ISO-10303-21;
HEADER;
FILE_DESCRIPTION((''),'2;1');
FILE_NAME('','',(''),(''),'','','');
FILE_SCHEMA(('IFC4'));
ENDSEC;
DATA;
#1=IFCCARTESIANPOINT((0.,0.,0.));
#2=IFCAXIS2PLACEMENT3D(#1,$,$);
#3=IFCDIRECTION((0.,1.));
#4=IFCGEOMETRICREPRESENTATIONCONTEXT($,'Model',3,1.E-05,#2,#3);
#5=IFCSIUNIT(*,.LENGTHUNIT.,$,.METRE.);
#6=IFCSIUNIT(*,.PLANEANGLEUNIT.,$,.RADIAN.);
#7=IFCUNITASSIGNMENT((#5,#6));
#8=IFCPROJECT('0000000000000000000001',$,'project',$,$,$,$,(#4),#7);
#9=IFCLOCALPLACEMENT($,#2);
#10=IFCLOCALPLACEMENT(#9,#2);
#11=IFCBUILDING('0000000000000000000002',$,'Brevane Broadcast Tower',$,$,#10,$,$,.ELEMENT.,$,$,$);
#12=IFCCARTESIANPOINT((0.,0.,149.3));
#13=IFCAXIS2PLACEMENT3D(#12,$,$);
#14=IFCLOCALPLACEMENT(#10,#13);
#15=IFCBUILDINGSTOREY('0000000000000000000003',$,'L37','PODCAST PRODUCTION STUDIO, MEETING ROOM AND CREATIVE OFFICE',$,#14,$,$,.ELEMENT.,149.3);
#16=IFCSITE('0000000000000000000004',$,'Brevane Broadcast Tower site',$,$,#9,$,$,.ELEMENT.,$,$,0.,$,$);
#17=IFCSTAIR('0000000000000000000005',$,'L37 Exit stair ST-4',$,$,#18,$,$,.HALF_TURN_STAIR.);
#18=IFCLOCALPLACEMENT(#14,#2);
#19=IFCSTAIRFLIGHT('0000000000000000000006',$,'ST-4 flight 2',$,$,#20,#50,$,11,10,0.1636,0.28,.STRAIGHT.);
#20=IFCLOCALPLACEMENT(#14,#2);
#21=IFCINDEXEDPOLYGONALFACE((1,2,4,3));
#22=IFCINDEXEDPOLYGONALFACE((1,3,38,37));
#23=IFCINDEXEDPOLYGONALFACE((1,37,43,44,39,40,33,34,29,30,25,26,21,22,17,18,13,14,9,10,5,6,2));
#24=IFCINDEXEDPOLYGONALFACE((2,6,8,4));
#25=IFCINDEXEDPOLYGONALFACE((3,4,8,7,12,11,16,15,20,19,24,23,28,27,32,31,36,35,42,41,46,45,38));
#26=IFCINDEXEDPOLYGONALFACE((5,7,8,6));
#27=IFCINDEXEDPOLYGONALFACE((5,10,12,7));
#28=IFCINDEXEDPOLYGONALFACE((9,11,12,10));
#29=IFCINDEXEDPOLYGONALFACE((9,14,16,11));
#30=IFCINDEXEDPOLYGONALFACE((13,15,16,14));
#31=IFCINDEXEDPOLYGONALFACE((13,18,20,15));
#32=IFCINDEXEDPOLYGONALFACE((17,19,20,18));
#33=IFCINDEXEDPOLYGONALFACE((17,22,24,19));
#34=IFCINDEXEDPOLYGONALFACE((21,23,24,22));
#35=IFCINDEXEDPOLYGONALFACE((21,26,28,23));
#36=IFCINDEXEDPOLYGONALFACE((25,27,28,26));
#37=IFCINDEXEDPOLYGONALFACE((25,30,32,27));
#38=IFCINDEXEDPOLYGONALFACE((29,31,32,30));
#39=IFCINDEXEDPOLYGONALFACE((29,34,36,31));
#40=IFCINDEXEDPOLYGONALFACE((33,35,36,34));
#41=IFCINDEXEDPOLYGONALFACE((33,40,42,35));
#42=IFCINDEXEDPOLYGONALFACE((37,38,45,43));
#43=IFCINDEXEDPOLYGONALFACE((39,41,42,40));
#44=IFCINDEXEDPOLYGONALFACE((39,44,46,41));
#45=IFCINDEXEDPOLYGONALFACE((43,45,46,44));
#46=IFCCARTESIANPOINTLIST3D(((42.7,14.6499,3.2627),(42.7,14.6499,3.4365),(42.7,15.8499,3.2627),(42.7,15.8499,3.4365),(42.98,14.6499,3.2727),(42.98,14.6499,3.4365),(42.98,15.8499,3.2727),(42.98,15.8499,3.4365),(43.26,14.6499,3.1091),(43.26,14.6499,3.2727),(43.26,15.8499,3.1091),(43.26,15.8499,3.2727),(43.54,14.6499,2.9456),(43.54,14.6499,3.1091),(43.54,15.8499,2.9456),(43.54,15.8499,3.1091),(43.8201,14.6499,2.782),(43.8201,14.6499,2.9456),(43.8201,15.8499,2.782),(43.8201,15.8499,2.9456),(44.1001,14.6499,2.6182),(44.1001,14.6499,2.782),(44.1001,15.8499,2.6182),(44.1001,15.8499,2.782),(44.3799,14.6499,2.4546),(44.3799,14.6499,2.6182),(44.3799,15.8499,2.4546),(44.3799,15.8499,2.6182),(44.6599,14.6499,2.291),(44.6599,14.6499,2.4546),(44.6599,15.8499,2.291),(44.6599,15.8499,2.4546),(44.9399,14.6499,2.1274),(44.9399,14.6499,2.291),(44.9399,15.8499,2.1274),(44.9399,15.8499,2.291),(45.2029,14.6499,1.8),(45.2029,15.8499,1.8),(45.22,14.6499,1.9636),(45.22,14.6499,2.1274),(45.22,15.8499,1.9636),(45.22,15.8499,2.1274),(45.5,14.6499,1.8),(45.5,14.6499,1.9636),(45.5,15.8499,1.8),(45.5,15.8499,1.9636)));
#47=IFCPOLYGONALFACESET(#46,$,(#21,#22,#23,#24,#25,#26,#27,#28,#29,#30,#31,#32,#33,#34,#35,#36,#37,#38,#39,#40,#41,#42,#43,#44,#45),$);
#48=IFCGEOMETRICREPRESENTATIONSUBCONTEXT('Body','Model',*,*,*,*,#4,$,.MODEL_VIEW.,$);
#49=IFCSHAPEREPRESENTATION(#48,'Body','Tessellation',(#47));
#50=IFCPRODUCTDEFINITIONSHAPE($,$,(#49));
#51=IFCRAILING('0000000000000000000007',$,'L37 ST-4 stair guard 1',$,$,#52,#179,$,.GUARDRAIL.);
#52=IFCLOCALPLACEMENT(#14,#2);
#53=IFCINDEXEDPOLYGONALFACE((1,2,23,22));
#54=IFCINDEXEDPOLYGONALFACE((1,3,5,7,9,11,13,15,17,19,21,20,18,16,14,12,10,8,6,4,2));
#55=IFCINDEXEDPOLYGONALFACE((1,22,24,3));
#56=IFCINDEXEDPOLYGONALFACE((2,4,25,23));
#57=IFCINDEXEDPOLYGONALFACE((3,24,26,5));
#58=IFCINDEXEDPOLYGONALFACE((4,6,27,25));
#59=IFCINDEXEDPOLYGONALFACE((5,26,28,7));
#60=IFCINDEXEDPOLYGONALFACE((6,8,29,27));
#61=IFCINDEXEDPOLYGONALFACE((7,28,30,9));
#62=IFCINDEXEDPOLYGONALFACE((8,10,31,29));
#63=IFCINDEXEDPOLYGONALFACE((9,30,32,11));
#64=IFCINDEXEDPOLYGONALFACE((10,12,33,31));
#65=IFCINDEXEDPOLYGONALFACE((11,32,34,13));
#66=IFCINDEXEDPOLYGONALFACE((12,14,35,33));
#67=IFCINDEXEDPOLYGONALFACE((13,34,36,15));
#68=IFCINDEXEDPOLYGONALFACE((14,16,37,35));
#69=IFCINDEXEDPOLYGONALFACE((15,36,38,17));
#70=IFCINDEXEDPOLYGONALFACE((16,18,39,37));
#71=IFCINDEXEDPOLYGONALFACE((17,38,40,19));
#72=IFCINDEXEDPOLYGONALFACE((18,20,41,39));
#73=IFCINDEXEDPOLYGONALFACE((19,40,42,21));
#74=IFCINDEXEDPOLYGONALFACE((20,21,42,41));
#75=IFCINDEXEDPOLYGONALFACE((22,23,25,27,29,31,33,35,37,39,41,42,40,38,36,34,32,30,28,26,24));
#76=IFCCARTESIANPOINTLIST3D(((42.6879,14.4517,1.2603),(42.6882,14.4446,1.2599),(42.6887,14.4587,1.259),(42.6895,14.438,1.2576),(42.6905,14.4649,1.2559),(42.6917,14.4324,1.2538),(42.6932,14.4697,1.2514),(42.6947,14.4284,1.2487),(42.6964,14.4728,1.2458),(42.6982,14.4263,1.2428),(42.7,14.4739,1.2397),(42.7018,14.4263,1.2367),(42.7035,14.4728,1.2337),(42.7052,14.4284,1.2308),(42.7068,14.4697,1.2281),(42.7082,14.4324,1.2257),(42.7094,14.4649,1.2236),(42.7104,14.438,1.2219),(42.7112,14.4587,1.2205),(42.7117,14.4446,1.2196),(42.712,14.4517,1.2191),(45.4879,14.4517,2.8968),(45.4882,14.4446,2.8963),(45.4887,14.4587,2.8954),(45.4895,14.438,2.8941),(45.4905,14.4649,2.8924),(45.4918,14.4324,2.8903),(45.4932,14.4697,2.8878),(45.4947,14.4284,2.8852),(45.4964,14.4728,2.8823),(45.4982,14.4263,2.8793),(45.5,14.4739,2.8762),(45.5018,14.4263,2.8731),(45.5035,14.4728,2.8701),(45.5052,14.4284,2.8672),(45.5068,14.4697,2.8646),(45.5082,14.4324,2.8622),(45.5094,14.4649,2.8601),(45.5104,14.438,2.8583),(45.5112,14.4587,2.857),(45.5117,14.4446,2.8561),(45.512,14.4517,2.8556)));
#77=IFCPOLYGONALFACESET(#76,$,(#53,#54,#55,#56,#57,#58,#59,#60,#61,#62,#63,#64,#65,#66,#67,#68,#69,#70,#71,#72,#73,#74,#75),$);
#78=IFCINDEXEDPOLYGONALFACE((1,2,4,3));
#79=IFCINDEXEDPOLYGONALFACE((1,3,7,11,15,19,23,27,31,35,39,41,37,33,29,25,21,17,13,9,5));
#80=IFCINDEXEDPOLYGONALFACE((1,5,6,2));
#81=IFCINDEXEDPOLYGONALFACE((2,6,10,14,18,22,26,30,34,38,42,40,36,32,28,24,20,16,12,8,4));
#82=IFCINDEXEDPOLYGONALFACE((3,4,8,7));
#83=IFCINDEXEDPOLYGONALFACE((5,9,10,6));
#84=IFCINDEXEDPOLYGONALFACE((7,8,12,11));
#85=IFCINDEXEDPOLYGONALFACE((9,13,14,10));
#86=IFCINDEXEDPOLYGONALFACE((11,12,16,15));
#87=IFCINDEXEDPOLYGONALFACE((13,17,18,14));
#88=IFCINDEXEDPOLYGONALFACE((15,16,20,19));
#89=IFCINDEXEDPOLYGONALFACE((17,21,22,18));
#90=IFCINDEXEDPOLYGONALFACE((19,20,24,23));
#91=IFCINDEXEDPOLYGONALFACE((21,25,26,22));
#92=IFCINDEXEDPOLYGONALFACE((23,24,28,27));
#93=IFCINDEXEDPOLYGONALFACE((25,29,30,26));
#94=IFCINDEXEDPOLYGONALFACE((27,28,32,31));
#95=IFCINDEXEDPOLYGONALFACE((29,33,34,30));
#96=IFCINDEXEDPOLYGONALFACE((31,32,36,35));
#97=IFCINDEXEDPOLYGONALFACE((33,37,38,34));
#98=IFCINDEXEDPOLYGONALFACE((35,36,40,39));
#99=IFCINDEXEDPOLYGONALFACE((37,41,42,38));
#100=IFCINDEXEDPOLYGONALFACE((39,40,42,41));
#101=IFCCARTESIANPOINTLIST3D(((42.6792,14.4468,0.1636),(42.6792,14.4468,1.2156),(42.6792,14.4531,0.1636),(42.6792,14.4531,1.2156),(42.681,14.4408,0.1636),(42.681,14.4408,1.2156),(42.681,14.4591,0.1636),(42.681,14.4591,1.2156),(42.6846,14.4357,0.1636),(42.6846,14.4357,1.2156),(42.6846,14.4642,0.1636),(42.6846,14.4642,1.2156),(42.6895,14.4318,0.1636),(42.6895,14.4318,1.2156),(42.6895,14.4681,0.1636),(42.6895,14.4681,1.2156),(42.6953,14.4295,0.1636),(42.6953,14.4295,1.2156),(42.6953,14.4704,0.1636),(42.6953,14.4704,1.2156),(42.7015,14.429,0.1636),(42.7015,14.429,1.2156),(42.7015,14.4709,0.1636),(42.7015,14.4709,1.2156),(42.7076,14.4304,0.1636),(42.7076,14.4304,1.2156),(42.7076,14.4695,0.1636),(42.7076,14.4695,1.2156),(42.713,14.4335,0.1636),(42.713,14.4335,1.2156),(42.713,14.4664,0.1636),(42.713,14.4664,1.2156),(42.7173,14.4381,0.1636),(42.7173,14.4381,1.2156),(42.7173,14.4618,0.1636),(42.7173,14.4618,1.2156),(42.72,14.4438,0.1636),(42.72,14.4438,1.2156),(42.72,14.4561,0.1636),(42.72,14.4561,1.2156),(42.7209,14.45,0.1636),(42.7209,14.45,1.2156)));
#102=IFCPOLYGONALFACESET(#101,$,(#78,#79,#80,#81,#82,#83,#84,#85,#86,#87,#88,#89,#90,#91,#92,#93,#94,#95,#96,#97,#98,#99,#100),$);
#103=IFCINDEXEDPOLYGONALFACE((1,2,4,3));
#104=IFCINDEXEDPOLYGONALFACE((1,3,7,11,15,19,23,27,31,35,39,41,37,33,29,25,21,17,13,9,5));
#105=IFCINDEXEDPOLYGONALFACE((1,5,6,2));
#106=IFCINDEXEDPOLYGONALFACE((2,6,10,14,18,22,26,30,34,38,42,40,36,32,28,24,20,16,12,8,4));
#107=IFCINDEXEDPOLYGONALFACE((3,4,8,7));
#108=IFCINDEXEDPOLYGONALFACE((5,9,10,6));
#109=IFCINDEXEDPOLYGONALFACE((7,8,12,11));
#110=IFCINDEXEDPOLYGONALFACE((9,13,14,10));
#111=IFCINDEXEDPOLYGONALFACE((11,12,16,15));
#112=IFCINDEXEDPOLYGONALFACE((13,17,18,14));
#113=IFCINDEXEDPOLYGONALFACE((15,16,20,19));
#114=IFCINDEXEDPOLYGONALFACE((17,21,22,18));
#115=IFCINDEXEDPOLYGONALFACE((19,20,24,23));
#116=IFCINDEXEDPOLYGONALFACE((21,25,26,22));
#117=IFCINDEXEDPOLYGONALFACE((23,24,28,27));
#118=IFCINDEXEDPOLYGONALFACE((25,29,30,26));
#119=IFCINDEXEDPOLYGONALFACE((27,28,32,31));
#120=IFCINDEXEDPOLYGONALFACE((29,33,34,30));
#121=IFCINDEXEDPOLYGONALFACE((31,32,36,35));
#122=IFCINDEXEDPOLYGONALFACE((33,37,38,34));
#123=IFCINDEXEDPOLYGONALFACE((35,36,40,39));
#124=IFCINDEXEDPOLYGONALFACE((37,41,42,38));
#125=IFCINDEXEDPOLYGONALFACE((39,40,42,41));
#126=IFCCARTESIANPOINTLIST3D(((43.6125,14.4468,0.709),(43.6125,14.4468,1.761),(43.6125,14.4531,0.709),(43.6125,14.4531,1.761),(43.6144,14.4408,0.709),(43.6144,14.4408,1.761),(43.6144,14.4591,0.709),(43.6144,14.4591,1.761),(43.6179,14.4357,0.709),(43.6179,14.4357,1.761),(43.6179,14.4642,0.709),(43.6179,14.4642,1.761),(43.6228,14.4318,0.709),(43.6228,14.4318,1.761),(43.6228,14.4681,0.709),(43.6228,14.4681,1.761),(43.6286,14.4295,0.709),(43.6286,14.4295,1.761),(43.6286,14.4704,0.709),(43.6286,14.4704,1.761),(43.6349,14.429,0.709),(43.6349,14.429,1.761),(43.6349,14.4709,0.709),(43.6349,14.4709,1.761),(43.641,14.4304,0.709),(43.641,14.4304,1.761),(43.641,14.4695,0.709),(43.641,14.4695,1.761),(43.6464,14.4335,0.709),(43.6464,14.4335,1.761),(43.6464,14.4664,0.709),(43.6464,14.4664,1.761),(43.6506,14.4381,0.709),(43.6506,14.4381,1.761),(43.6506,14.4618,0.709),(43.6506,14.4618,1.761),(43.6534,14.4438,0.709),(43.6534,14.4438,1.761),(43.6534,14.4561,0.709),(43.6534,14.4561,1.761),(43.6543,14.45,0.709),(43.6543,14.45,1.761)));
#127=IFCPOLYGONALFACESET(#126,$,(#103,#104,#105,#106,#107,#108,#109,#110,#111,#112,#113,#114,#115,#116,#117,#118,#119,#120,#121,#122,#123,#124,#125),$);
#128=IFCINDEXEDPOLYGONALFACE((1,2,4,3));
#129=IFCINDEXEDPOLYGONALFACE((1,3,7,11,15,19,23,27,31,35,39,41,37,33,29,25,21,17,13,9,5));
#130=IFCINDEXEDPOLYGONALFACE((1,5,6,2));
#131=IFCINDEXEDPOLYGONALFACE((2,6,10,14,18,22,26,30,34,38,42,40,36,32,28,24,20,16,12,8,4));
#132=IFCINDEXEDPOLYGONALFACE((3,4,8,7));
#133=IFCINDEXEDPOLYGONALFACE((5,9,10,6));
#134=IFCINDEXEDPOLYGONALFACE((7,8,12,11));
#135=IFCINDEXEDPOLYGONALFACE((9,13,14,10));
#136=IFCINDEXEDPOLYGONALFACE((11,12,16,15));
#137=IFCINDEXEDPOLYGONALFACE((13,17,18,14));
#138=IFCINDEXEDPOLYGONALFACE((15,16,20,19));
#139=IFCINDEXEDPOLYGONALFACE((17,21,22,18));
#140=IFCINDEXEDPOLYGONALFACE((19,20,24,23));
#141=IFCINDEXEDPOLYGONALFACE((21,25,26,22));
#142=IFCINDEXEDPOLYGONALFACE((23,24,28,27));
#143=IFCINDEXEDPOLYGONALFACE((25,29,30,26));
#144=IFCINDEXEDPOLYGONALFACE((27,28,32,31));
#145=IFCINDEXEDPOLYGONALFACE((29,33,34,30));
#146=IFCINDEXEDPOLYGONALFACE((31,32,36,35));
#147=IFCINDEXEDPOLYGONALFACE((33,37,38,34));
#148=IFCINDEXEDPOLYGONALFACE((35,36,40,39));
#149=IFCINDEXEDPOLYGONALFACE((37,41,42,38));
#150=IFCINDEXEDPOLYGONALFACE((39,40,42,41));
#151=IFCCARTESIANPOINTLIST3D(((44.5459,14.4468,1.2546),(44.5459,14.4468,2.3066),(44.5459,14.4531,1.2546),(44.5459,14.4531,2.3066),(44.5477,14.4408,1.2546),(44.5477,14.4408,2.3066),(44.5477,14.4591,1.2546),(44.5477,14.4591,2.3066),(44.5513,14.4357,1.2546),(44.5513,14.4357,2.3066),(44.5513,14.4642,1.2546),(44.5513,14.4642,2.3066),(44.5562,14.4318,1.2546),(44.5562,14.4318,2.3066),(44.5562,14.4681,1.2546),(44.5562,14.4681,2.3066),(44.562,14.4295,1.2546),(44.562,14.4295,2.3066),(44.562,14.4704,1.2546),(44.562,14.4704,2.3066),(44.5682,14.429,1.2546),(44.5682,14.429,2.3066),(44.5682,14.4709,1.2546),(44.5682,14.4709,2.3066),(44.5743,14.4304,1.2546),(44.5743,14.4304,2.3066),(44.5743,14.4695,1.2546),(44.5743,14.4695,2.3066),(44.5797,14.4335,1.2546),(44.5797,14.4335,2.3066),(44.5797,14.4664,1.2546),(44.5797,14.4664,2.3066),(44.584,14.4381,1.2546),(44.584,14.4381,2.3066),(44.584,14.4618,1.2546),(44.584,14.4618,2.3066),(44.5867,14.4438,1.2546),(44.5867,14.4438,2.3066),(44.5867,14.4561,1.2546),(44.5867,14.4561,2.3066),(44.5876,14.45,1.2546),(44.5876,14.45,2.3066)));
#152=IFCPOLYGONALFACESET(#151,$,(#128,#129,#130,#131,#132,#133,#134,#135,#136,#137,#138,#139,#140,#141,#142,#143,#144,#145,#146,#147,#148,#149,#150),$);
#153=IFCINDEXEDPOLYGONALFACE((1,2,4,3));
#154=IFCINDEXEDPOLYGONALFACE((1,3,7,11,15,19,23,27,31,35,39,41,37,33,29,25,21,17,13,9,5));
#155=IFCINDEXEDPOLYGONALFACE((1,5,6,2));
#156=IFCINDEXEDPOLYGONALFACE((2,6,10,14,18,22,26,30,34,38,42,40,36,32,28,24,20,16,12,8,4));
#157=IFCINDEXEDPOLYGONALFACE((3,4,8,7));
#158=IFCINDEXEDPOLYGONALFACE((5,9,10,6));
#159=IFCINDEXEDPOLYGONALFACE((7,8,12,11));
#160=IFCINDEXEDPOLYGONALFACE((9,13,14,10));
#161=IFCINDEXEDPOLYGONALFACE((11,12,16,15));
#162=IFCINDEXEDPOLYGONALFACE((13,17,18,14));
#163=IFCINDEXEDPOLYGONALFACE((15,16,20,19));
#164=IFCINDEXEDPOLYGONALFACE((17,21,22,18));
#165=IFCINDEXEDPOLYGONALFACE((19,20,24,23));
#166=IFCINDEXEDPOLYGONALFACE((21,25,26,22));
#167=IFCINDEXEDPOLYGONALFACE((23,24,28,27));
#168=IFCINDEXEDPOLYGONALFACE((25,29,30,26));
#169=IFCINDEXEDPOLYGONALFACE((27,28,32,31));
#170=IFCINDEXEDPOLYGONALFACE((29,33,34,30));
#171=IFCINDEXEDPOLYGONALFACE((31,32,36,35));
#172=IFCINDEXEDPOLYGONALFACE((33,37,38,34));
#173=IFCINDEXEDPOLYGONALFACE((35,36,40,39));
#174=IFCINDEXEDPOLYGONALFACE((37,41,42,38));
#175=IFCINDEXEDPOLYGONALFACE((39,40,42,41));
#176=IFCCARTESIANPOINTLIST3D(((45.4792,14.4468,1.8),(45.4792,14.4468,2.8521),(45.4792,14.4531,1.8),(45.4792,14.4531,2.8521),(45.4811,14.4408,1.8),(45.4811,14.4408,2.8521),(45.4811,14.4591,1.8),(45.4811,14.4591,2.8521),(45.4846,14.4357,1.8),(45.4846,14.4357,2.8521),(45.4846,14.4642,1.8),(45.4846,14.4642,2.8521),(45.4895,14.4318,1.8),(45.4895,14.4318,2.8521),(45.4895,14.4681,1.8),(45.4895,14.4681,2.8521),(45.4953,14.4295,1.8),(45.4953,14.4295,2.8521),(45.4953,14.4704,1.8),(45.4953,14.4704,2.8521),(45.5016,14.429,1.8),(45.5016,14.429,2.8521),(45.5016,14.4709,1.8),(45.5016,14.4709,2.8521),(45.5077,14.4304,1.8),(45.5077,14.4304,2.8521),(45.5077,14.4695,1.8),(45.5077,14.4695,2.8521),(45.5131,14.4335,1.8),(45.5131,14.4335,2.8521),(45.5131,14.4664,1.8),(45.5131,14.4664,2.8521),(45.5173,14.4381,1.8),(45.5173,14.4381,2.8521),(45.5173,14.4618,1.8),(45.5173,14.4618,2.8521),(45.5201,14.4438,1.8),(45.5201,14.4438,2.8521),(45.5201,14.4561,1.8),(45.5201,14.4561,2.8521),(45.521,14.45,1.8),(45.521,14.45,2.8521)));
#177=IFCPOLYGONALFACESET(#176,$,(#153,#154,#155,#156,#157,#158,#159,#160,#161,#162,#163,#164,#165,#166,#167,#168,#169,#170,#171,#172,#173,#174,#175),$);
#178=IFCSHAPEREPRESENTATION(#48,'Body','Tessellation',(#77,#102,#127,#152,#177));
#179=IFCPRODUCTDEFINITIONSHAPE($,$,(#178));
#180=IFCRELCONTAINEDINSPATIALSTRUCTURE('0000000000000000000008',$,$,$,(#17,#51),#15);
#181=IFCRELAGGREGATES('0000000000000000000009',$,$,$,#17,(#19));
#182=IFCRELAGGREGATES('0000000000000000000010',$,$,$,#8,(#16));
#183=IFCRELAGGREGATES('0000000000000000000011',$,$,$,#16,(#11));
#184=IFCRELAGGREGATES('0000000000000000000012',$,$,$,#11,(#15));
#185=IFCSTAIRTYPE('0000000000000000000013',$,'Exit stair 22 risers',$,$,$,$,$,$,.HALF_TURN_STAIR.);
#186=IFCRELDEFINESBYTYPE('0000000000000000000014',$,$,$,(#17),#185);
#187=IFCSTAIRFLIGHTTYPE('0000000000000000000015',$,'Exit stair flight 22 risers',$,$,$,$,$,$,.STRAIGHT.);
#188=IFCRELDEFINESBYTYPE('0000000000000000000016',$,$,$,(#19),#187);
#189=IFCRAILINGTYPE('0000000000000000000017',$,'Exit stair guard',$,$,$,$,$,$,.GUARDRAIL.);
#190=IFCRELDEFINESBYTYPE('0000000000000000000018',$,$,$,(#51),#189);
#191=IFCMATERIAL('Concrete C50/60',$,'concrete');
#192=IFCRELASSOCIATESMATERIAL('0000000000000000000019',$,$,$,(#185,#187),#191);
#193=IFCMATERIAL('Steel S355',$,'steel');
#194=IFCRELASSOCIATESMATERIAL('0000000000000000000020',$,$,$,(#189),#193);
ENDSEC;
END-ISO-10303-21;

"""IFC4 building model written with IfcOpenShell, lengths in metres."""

from ifc_helpers import new_model, si_unit, direction, frame, origin, origin_2d, place, context, subcontext, project, spatial, polyline, circle, outline, extrude, material, type_object, element, aggregate, save


model = new_model("IFC4")

# Units and contexts
model_context = context("Model", 3, precision=1e-05, world=origin(), true_north=direction((0.0, 1.0)))
body_context = subcontext(model_context, "Body", "Model", "MODEL_VIEW")
ifc_project = project(units=[si_unit("LENGTHUNIT", "METRE"), si_unit("PLANEANGLEUNIT", "RADIAN")], contexts=[model_context])

# Site, building, storey
site_placement = place(None, origin())
site = spatial("IfcSite", under=ifc_project, at=site_placement, Name="Brevane Broadcast Tower site", CompositionType="ELEMENT", RefElevation=0.0)
building_placement = place(site_placement, origin())
building = spatial("IfcBuilding", under=site, at=building_placement, Name="Brevane Broadcast Tower", CompositionType="ELEMENT")
storey_placement = place(building_placement, frame((0.0, 0.0, 149.3)))
storey = spatial("IfcBuildingStorey", under=building, at=storey_placement, Name="L37", Description="PODCAST PRODUCTION STUDIO, MEETING ROOM AND CREATIVE OFFICE", CompositionType="ELEMENT", Elevation=149.3)

# Stair, stair flight
ifc_material_1 = material(Name="Concrete C50/60", Category="concrete")
stair_type = type_object("IfcStairType", Name="Exit stair 22 risers", PredefinedType="HALF_TURN_STAIR", material=ifc_material_1)
stair_placement = place(storey_placement, origin())
stair = element("IfcStair", 1, at=stair_placement, inside=storey, type_object=stair_type, Name="L37 Exit stair ST-4", PredefinedType="HALF_TURN_STAIR")
stair_flight_type = type_object("IfcStairFlightType", Name="Exit stair flight 22 risers", PredefinedType="STRAIGHT", material=ifc_material_1)
stair_flight_1_placement = place(storey_placement, frame((45.5, 15.25, 1.8), z_axis=(0.0, 0.0, 1.0), x_axis=(-1.0, 0.0, 0.0)))
stair_flight_1 = element("IfcStairFlight", 2, at=stair_flight_1_placement, type_object=stair_flight_type, Name="ST-4 flight 2", NumberOfRisers=11, NumberOfTreads=10, PredefinedType="STRAIGHT", RiserHeight=0.1636, TreadLength=0.28, context=body_context, shape_type="SweptSolid", body=[
    extrude(outline(polyline([(0.0, 0.0), (0.0, 0.1636), (0.28, 0.1636), (0.28, 0.3274), (0.5601, 0.3274), (0.5601, 0.491), (0.8401, 0.491), (0.8401, 0.6545), (1.1201, 0.6545), (1.1201, 0.8181), (1.3999, 0.8181), (1.3999, 0.9819), (1.6799, 0.9819), (1.6799, 1.1455), (1.96, 1.1455), (1.96, 1.3091), (2.24, 1.3091), (2.24, 1.4727), (2.52, 1.4727), (2.52, 1.6365), (2.8, 1.6365), (2.8, 1.8), (2.8, 1.4626), (0.2971, 0.0), (0.0, 0.0)])), frame((0.0, 0.6001, 0.0), z_axis=(0.0, -1.0, 0.0), x_axis=(1.0, 0.0, 0.0)), (0.0, 0.0, 1.0), 1.2),
])
aggregate(stair, [stair_flight_1])

# Railing
ifc_material_2 = material(Name="Steel S355", Category="steel")
railing_type_1 = type_object("IfcRailingType", Name="Exit stair guard", PredefinedType="GUARDRAIL", material=ifc_material_2)
railing_1_placement = place(storey_placement, frame((42.7, 14.45, 0.1636)))
element("IfcRailing", 3, at=railing_1_placement, inside=storey, type_object=railing_type_1, Name="L37 ST-4 stair guard 1", PredefinedType="GUARDRAIL", context=body_context, shape_type="SweptSolid", body=[
    extrude(circle(Radius=0.0239, at=origin_2d()), frame((0.0, 0.0, 1.0762), z_axis=(0.863361, 0.0, 0.504587), x_axis=(0.0, 1.0, 0.0)), (0.0, 0.0, 1.0), 3.2432),
    extrude(circle(Radius=0.021, at=origin_2d()), origin(), (0.0, 0.0, 1.0), 1.052),
    extrude(circle(Radius=0.021, at=origin_2d()), frame((0.9333, 0.0, 0.5454)), (0.0, 0.0, 1.0), 1.052),
    extrude(circle(Radius=0.021, at=origin_2d()), frame((1.8667, 0.0, 1.0911)), (0.0, 0.0, 1.0), 1.052),
    extrude(circle(Radius=0.021, at=origin_2d()), frame((2.8, 0.0, 1.6365)), (0.0, 0.0, 1.0), 1.052),
])

save(model, "model.ifc")
